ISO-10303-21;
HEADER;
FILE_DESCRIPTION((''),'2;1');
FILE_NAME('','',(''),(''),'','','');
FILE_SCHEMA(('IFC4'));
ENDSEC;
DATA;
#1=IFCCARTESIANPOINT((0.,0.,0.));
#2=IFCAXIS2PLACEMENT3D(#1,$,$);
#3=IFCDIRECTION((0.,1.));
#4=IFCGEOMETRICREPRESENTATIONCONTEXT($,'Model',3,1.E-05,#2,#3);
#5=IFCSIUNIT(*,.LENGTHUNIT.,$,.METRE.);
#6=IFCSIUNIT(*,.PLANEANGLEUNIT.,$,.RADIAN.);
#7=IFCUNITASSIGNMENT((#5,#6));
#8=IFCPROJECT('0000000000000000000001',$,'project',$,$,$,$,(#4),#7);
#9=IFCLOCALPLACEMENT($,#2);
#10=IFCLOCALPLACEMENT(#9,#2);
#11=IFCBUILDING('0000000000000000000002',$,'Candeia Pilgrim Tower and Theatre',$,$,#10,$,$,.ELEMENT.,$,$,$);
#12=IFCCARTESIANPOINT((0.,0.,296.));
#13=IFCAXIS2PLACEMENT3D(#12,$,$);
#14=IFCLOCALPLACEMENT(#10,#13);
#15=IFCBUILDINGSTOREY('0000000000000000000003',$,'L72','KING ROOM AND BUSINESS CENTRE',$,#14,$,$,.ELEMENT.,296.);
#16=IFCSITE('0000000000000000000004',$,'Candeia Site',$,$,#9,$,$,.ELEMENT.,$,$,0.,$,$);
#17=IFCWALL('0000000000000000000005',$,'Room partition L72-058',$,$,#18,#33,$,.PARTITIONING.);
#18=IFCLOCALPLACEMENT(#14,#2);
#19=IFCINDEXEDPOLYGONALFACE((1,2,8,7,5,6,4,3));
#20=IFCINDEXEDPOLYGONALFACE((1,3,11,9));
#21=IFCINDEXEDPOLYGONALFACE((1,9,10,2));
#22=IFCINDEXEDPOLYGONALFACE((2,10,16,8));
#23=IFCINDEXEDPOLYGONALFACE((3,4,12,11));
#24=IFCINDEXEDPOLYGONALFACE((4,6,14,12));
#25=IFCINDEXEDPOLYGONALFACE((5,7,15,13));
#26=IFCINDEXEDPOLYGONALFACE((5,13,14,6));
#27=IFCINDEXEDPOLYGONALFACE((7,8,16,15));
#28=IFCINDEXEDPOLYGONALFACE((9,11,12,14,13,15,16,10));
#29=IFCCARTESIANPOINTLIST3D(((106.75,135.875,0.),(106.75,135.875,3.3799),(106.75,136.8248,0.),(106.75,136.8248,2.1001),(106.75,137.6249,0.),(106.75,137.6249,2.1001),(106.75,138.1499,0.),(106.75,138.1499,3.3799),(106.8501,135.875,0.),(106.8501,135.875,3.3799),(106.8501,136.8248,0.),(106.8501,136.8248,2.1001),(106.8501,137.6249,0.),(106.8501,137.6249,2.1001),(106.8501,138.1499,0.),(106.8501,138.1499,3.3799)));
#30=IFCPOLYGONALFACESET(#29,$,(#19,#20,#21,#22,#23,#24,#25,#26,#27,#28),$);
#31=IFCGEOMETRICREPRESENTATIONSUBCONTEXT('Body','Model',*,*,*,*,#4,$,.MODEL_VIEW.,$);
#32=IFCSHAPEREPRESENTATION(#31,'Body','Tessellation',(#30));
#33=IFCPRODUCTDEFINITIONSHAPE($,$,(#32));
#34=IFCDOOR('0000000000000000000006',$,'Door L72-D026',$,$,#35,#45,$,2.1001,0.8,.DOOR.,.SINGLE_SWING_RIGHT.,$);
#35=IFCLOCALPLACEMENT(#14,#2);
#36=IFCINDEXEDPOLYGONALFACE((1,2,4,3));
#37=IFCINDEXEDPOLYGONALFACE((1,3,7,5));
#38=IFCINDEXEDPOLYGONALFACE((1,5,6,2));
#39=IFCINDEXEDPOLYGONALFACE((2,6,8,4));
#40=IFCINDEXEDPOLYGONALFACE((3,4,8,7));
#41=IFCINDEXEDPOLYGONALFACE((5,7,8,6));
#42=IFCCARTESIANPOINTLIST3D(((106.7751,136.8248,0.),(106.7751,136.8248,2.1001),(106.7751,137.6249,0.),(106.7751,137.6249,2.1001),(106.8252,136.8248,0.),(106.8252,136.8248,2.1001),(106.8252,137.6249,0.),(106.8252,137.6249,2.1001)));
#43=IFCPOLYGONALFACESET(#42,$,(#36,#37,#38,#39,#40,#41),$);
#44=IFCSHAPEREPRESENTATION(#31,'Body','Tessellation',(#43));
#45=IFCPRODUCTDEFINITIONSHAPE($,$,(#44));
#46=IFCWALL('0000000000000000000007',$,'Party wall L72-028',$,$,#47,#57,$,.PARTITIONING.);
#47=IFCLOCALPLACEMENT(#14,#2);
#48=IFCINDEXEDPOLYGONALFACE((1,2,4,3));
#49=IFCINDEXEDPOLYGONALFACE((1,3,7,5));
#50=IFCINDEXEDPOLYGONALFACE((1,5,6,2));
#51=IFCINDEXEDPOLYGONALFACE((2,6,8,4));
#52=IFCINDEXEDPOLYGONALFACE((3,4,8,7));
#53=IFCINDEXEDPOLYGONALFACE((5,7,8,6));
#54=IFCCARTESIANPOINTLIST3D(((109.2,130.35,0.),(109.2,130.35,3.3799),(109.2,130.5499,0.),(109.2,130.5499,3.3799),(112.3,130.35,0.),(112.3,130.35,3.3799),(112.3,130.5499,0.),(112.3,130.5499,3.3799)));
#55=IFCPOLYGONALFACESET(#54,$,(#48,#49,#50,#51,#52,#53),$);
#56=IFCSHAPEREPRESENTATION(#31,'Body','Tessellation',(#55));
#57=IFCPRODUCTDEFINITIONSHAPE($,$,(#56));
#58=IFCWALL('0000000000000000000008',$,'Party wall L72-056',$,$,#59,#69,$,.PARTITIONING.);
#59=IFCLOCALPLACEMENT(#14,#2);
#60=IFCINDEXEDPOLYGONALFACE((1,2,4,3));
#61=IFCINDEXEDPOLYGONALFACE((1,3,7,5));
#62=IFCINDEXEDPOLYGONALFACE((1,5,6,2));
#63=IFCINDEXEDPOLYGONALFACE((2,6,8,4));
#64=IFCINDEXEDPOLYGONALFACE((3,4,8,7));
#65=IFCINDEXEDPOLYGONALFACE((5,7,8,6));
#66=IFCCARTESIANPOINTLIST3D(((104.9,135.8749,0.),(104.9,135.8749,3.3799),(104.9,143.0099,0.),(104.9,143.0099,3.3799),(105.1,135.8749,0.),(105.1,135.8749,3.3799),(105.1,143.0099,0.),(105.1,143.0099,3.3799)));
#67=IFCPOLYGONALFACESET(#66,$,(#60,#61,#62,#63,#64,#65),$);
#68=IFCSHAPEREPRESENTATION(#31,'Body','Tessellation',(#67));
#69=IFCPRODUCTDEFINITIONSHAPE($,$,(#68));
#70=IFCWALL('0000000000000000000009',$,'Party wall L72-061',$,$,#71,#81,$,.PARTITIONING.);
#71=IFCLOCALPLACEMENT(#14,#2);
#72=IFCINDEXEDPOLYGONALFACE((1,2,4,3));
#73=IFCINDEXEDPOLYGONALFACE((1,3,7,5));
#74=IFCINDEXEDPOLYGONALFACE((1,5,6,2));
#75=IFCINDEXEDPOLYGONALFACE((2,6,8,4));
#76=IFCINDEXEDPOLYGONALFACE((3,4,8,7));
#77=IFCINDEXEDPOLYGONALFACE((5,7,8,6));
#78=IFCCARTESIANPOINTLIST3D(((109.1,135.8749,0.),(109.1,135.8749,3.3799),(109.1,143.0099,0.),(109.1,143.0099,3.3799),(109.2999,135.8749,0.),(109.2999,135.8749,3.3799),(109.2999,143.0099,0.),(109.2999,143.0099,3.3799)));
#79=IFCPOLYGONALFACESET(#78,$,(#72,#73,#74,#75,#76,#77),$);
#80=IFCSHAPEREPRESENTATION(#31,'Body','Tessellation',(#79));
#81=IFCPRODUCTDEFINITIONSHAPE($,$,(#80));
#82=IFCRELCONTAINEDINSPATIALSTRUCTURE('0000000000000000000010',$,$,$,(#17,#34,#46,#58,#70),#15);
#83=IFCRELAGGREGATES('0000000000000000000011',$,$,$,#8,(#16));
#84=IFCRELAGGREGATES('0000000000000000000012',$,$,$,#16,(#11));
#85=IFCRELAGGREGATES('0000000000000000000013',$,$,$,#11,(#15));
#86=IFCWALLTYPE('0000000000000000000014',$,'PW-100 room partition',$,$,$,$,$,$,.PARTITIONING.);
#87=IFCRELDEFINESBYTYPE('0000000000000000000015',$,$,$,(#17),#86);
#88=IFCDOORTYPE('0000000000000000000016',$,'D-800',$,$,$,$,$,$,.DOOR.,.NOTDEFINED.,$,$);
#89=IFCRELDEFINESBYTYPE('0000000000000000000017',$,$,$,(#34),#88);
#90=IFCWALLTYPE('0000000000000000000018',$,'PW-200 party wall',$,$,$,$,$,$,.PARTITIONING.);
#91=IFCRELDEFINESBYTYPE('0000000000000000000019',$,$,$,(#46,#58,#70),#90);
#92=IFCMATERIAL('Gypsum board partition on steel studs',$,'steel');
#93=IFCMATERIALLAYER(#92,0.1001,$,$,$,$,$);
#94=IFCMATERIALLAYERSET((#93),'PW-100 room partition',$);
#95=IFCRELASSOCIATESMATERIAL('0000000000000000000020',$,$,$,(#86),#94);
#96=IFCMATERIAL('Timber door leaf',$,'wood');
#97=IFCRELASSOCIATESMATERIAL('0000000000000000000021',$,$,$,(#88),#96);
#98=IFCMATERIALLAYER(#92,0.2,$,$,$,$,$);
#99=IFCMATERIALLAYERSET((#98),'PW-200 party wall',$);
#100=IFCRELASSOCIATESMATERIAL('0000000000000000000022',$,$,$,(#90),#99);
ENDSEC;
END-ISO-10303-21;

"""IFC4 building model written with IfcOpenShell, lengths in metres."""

from ifc_helpers import new_model, si_unit, direction, frame, frame_2d, origin, place, context, subcontext, project, spatial, rectangle, extrude, material, layer, layer_set, type_object, element, fill, save


model = new_model("IFC4")

# Units and contexts
model_context = context("Model", 3, precision=1e-05, world=origin(), true_north=direction((0.0, 1.0)))
body_context = subcontext(model_context, "Body", "Model", "MODEL_VIEW")
ifc_project = project(units=[si_unit("LENGTHUNIT", "METRE"), si_unit("PLANEANGLEUNIT", "RADIAN")], contexts=[model_context])

# Site, building, storey
site_placement = place(None, origin())
site = spatial("IfcSite", under=ifc_project, at=site_placement, Name="Candeia Site", CompositionType="ELEMENT", RefElevation=0.0)
building_placement = place(site_placement, origin())
building = spatial("IfcBuilding", under=site, at=building_placement, Name="Candeia Pilgrim Tower and Theatre", CompositionType="ELEMENT")
storey_placement = place(building_placement, frame((0.0, 0.0, 296.0)))
storey = spatial("IfcBuildingStorey", under=building, at=storey_placement, Name="L72", Description="KING ROOM AND BUSINESS CENTRE", CompositionType="ELEMENT", Elevation=296.0)

# Shared definitions
ifc_material_1 = material(Name="Gypsum board partition on steel studs", Category="steel")
ifc_layer_1 = layer(ifc_material_1, 0.1001)
ifc_layer_set_1 = layer_set([ifc_layer_1], Name="PW-100 room partition")
wall_type_1 = type_object("IfcWallType", Name="PW-100 room partition", PredefinedType="PARTITIONING", material=ifc_layer_set_1)

# Wall, opening, door
wall_1_placement = place(storey_placement, frame((106.8, 135.875, 0.0), z_axis=(0.0, 0.0, 1.0), x_axis=(0.0, 1.0, 0.0)))
wall_1 = element("IfcWall", 1, at=wall_1_placement, inside=storey, type_object=wall_type_1, Name="Room partition L72-058", PredefinedType="PARTITIONING", context=body_context, shape_type="SweptSolid", body=[
    extrude(rectangle(XDim=2.2749, YDim=0.1001, at=frame_2d((1.1375, 0.0))), origin(), (0.0, 0.0, 1.0), 3.3799),
])
opening_1_placement = place(wall_1_placement, frame((0.95, 0.0, 0.0)))
opening_1 = element("IfcOpeningElement", 2, at=opening_1_placement, cuts=wall_1, PredefinedType="OPENING", context=body_context, shape_type="SweptSolid", body=[
    extrude(rectangle(XDim=0.8, YDim=2.1001, at=frame_2d((0.3999, 1.05))), frame((0.0, 0.0601, 0.0), z_axis=(0.0, -1.0, 0.0), x_axis=(1.0, 0.0, 0.0)), (0.0, 0.0, 1.0), 0.1201),
])
ifc_material_2 = material(Name="Timber door leaf", Category="wood")
door_type_1 = type_object("IfcDoorType", Name="D-800", OperationType="NOTDEFINED", PredefinedType="DOOR", material=ifc_material_2)
door_1_placement = place(opening_1_placement, origin())
door_1 = element("IfcDoor", 3, at=door_1_placement, inside=storey, type_object=door_type_1, Name="Door L72-D026", OperationType="SINGLE_SWING_RIGHT", OverallHeight=2.1001, OverallWidth=0.8, PredefinedType="DOOR", context=body_context, shape_type="SweptSolid", body=[
    extrude(rectangle(XDim=0.8, YDim=2.1001, at=frame_2d((0.3999, 1.05))), frame((0.0, 0.0249, 0.0), z_axis=(0.0, -1.0, 0.0), x_axis=(1.0, 0.0, 0.0)), (0.0, 0.0, 1.0), 0.05),
])
fill(opening_1, door_1)

# Walls
ifc_layer_2 = layer(ifc_material_1, 0.2)
ifc_layer_set_2 = layer_set([ifc_layer_2], Name="PW-200 party wall")
wall_type_2 = type_object("IfcWallType", Name="PW-200 party wall", PredefinedType="PARTITIONING", material=ifc_layer_set_2)
wall_2_placement = place(storey_placement, frame((109.2, 130.45, 0.0), z_axis=(0.0, 0.0, 1.0), x_axis=(1.0, 0.0, 0.0)))
element("IfcWall", 4, at=wall_2_placement, inside=storey, type_object=wall_type_2, Name="Party wall L72-028", PredefinedType="PARTITIONING", context=body_context, shape_type="SweptSolid", body=[
    extrude(rectangle(XDim=3.1001, YDim=0.2, at=frame_2d((1.55, 0.0))), origin(), (0.0, 0.0, 1.0), 3.3799),
])
for number, where, z_axis, x_axis, name in (
    (5, (105.0, 135.875, 0.0), (0.0, 0.0, 1.0), (0.0, 1.0, 0.0), "Party wall L72-056"),
    (6, (109.2, 135.875, 0.0), (0.0, 0.0, 1.0), (0.0, 1.0, 0.0), "Party wall L72-061"),
):
    element("IfcWall", number, at=place(storey_placement, frame(where, z_axis=z_axis, x_axis=x_axis)), inside=storey, type_object=wall_type_2, Name=name, PredefinedType="PARTITIONING", context=body_context, shape_type="SweptSolid", body=[
        extrude(rectangle(XDim=7.135, YDim=0.2, at=frame_2d((3.5674, 0.0))), origin(), (0.0, 0.0, 1.0), 3.3799),
    ])

save(model, "model.ifc")
